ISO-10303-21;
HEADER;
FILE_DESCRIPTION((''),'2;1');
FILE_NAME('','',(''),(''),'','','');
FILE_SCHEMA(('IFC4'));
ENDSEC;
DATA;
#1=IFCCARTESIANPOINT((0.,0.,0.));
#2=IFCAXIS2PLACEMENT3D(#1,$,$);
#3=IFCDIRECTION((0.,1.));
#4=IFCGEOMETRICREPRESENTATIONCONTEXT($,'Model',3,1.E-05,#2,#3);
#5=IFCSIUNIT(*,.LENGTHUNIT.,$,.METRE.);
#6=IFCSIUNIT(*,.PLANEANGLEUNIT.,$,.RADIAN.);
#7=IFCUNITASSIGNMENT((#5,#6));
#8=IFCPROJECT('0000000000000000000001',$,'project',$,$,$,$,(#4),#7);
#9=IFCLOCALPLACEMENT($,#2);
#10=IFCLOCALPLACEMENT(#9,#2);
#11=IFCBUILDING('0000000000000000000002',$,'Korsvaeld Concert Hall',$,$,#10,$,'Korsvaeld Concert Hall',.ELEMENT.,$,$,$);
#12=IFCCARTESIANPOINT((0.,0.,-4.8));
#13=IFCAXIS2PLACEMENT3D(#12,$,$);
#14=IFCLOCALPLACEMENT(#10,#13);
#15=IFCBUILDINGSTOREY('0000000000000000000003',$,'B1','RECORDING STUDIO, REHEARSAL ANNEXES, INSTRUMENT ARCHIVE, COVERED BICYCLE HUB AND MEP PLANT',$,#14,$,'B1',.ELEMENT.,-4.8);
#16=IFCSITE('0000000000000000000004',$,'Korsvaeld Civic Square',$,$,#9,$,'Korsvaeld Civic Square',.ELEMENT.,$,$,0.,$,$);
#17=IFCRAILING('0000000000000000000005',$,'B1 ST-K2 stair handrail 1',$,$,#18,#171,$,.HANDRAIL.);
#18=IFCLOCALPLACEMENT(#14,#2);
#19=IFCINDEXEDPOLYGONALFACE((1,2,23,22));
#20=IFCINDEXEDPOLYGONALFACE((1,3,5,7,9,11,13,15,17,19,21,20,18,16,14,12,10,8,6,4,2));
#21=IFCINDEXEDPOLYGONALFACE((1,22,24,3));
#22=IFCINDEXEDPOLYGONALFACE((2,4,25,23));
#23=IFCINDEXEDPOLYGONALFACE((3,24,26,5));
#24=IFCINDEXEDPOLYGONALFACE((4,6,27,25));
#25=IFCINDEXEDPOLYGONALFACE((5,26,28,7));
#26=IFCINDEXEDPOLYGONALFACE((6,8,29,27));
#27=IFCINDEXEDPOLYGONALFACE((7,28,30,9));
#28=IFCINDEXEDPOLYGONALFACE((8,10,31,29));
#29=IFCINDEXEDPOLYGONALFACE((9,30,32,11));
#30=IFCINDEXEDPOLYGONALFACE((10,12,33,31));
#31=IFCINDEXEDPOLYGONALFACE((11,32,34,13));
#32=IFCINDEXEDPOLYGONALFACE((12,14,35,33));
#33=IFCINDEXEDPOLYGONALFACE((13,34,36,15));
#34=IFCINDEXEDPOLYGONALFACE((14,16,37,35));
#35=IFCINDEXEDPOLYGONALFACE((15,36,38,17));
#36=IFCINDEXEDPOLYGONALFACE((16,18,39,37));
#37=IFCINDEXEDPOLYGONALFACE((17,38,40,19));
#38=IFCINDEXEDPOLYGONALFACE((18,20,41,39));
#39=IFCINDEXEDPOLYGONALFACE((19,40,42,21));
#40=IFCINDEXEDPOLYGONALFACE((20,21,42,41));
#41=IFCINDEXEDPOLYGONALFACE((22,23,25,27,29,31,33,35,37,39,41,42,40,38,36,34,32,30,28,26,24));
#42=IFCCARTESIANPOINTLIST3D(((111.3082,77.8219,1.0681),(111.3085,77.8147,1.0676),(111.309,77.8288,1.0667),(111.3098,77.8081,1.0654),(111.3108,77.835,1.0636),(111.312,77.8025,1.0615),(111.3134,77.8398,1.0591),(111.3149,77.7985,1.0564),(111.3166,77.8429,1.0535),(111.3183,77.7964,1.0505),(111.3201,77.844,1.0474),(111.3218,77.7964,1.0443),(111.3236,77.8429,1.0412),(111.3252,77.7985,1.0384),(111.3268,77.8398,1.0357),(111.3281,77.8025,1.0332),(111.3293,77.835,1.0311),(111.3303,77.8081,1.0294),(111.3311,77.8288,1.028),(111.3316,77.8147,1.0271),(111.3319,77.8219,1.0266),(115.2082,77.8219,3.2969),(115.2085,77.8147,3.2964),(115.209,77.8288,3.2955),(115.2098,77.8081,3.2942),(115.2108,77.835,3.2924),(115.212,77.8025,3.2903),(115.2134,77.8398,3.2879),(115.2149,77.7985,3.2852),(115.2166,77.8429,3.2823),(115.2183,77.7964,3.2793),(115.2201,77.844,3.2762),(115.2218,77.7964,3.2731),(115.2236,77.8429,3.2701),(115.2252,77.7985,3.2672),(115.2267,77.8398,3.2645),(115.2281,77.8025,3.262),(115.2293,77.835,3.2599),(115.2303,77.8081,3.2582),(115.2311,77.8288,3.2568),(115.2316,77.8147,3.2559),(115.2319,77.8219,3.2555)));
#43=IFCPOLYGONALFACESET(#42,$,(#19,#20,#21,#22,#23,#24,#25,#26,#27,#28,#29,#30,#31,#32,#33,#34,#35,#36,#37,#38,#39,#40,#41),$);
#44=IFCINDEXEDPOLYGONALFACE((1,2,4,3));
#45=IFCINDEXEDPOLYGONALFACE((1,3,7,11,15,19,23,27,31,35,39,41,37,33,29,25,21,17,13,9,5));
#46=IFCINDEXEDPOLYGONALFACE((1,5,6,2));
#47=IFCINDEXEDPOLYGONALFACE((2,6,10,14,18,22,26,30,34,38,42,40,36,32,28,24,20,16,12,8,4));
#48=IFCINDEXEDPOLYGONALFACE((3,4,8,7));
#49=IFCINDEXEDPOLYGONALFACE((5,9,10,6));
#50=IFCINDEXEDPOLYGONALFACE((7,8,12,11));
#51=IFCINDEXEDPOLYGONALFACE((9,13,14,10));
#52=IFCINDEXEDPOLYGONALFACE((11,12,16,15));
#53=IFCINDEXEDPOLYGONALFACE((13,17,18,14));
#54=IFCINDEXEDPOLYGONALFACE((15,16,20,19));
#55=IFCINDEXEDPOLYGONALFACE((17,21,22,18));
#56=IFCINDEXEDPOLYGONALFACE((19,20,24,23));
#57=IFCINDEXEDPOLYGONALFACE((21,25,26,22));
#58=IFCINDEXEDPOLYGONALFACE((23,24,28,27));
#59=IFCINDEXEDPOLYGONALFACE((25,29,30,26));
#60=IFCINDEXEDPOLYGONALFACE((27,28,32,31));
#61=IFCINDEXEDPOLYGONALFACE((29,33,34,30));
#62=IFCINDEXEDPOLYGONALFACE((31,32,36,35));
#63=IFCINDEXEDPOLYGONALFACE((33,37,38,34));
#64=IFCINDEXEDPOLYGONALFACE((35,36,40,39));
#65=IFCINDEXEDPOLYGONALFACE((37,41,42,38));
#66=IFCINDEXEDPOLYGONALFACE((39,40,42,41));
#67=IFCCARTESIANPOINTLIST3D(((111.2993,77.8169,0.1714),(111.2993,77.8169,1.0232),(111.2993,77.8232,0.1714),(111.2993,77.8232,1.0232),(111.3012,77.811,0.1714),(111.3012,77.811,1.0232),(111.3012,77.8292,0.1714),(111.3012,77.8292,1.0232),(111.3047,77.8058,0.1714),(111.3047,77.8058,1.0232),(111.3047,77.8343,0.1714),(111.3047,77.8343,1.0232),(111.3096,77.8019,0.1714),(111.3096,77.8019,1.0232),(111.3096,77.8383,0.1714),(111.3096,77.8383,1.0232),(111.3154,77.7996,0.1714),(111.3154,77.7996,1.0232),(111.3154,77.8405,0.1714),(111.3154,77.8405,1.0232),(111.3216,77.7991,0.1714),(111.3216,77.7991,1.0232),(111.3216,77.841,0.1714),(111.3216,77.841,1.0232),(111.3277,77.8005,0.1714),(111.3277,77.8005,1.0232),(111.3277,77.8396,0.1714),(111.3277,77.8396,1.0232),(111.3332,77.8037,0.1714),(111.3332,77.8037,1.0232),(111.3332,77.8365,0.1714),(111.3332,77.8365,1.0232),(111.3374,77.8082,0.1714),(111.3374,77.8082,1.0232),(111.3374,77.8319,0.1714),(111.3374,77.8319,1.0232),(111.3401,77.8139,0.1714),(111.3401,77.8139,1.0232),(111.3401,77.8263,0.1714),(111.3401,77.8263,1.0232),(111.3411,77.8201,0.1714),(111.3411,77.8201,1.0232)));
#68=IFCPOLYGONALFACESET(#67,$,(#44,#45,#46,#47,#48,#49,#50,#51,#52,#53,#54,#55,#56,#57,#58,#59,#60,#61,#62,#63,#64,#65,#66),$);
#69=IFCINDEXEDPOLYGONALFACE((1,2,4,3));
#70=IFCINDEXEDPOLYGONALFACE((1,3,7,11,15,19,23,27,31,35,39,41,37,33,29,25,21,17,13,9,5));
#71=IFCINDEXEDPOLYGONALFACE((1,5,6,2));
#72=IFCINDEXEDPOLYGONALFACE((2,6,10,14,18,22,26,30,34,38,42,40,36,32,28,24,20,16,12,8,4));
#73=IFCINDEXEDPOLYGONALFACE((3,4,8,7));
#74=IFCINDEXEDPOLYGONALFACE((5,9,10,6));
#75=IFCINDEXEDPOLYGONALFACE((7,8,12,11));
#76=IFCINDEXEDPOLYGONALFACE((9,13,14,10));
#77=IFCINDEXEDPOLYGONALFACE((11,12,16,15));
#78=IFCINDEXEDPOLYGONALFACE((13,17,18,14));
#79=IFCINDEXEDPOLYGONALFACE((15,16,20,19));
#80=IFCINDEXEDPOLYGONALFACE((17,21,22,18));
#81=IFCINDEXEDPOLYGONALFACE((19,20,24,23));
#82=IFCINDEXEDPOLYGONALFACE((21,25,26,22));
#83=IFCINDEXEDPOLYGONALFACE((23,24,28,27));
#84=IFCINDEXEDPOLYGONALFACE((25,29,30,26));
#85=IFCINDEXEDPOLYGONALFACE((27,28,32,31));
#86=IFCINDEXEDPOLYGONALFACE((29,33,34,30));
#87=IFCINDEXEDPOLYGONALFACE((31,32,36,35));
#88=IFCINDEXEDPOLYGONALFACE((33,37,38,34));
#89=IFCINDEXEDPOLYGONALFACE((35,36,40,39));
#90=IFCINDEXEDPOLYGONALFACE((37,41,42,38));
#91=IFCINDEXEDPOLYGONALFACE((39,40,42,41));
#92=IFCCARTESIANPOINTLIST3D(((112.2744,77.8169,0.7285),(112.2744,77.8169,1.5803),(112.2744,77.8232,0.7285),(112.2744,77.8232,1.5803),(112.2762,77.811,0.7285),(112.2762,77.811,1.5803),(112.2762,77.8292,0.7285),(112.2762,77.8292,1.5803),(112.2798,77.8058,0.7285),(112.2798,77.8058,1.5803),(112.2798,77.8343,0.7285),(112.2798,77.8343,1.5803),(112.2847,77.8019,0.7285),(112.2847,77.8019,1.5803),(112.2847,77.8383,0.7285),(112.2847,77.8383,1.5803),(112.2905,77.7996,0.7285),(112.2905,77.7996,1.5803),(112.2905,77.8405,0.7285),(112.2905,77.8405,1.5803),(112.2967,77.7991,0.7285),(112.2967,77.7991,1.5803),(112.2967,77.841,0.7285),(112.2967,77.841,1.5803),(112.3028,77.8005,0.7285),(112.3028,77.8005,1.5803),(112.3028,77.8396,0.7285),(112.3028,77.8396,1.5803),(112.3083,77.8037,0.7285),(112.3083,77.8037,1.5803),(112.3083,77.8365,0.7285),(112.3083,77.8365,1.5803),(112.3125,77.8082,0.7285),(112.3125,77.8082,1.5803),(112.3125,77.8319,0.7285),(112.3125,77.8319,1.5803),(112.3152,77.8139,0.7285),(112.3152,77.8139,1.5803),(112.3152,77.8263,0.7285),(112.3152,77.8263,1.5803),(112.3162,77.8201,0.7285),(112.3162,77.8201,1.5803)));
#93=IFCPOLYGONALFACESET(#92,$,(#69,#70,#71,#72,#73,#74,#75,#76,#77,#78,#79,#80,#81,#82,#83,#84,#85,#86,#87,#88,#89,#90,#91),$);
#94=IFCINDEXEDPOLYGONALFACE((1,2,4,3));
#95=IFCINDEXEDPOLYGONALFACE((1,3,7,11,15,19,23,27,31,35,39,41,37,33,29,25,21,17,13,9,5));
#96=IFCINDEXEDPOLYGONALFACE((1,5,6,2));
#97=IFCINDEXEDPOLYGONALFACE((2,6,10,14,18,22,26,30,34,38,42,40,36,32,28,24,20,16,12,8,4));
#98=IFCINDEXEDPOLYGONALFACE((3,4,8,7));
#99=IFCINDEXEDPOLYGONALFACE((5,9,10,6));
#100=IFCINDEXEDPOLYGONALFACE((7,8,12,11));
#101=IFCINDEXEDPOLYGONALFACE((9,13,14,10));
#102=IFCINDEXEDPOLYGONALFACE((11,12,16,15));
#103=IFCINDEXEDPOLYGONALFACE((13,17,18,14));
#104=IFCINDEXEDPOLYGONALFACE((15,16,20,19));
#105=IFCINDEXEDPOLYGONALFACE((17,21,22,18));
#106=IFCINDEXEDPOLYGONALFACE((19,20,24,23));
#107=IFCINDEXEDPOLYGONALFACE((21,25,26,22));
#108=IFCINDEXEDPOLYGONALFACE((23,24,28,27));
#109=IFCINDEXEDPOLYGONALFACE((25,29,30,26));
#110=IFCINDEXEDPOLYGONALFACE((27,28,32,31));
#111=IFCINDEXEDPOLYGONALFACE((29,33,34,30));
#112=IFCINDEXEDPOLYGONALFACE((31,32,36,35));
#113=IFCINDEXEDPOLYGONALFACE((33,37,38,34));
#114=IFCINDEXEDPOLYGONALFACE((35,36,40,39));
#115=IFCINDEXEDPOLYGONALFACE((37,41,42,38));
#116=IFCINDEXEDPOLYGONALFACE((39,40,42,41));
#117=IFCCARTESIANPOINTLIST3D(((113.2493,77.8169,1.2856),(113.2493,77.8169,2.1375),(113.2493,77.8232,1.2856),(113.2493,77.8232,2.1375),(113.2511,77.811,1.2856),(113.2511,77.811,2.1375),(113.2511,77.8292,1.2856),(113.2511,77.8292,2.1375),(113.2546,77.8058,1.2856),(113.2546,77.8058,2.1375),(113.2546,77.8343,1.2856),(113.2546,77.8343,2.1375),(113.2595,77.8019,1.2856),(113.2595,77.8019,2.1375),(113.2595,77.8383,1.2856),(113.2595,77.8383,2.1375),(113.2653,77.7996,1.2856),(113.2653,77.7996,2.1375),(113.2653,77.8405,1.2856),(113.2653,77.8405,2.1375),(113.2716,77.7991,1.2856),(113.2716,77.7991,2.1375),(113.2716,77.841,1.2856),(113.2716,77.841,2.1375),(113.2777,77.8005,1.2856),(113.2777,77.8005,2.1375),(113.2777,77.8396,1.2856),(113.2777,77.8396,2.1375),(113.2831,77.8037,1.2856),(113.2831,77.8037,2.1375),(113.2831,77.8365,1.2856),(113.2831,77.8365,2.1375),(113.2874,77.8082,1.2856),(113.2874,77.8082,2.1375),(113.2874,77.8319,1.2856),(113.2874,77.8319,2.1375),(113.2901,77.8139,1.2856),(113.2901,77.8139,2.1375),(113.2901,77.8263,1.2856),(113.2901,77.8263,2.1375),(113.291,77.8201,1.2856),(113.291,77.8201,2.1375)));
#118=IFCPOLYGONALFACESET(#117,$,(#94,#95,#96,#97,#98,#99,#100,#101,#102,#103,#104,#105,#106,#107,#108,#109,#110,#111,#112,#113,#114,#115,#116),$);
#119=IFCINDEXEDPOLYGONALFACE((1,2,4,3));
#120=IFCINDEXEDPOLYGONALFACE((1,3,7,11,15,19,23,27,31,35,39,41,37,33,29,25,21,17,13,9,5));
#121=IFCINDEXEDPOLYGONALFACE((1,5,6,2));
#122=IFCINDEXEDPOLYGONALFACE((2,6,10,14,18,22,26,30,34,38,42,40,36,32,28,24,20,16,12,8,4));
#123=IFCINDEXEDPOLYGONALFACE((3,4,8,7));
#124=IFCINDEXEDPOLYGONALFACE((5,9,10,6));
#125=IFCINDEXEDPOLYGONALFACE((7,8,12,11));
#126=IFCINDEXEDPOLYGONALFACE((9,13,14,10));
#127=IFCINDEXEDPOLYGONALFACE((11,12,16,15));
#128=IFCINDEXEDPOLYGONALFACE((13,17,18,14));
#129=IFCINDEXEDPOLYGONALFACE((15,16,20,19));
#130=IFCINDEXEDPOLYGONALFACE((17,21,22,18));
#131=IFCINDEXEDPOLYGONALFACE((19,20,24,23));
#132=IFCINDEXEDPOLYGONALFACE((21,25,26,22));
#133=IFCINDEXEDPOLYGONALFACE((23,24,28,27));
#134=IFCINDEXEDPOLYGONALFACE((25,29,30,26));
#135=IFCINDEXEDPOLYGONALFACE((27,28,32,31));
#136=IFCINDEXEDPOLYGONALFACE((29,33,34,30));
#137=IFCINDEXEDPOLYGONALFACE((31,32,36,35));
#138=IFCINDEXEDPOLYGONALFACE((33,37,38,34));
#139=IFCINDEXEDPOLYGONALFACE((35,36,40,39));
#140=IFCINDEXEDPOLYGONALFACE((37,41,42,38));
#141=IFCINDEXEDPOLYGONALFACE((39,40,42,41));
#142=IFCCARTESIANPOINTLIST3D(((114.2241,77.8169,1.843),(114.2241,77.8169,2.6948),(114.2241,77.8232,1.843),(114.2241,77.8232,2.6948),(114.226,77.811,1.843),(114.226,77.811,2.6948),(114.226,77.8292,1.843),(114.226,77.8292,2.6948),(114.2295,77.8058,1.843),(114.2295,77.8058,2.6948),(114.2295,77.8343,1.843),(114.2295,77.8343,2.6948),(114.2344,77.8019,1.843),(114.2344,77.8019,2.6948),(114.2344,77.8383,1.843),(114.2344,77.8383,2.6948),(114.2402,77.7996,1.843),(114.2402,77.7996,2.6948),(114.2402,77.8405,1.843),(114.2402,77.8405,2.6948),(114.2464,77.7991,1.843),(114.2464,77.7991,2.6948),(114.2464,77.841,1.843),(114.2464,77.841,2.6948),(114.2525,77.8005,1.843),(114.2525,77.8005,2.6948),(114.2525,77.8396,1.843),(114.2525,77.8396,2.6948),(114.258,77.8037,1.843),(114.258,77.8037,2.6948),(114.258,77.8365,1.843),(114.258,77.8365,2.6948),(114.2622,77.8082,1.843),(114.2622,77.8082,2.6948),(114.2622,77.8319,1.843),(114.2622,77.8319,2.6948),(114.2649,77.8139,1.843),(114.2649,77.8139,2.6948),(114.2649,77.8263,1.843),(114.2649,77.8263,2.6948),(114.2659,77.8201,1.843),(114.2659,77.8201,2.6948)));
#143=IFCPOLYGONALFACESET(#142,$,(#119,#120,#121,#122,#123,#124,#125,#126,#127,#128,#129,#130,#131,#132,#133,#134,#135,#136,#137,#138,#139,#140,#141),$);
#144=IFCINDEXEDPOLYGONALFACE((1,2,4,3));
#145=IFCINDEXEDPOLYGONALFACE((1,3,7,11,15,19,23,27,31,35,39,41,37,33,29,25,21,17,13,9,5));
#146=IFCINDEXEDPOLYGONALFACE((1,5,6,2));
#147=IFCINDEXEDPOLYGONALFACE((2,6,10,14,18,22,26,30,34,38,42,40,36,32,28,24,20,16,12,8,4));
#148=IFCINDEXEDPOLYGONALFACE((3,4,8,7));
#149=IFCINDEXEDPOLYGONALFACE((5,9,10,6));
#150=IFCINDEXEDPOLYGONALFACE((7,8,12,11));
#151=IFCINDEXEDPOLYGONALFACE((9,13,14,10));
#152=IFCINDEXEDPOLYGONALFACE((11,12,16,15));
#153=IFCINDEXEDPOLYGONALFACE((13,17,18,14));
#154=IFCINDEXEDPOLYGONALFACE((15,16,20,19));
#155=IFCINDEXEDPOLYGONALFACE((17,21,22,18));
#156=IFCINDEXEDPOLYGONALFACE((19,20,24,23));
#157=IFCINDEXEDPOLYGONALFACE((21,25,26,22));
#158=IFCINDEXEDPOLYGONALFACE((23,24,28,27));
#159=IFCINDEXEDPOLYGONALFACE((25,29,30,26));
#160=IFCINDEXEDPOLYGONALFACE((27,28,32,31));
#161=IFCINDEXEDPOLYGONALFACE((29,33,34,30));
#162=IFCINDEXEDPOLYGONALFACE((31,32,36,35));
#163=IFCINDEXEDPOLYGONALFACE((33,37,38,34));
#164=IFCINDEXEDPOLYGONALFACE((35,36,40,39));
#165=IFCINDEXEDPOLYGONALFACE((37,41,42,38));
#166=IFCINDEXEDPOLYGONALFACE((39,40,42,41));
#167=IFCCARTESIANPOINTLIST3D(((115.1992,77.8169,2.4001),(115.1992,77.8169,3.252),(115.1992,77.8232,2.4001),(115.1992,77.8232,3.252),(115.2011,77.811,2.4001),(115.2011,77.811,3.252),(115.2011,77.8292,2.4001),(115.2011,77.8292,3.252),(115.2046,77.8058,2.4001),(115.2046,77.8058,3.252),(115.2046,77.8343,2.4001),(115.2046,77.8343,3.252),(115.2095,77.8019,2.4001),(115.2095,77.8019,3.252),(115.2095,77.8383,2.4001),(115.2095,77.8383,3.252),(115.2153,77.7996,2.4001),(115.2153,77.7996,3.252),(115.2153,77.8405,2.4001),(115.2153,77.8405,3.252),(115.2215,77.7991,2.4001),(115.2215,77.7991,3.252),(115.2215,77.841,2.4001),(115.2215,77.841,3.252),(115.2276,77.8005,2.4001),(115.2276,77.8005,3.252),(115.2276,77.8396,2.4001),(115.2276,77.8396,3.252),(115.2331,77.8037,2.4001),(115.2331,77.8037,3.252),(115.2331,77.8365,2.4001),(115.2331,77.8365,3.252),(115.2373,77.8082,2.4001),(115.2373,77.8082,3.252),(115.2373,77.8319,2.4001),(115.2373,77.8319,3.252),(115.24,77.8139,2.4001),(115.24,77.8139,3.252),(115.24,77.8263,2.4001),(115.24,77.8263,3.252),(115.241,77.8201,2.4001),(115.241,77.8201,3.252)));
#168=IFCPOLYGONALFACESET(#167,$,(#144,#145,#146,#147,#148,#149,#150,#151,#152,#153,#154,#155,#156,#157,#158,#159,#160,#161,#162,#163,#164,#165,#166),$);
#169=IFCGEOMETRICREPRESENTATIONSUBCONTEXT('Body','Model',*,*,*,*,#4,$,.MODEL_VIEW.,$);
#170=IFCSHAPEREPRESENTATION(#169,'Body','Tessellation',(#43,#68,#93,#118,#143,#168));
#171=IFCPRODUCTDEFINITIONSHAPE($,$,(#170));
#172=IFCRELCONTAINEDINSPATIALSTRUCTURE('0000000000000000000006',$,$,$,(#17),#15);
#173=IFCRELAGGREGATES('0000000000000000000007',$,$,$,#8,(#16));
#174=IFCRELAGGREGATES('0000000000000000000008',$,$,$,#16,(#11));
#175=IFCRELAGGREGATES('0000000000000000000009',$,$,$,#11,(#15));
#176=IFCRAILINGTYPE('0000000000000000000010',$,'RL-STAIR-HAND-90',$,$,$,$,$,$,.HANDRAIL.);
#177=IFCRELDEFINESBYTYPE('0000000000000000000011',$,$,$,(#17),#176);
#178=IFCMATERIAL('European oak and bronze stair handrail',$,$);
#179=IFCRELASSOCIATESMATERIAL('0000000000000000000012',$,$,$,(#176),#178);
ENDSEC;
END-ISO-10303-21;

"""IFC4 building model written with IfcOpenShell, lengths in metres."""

from ifc_helpers import new_model, si_unit, direction, frame, origin, origin_2d, place, context, subcontext, project, spatial, circle, extrude, material, type_object, element, save


model = new_model("IFC4")

# Units and contexts
model_context = context("Model", 3, precision=1e-05, world=origin(), true_north=direction((0.0, 1.0)))
body_context = subcontext(model_context, "Body", "Model", "MODEL_VIEW")
ifc_project = project(units=[si_unit("LENGTHUNIT", "METRE"), si_unit("PLANEANGLEUNIT", "RADIAN")], contexts=[model_context])

# Site, building, storey
site_placement = place(None, origin())
site = spatial("IfcSite", under=ifc_project, at=site_placement, Name="Korsvaeld Civic Square", LongName="Korsvaeld Civic Square", CompositionType="ELEMENT", RefElevation=0.0)
building_placement = place(site_placement, origin())
building = spatial("IfcBuilding", under=site, at=building_placement, Name="Korsvaeld Concert Hall", LongName="Korsvaeld Concert Hall", CompositionType="ELEMENT")
storey_placement = place(building_placement, frame((0.0, 0.0, -4.8)))
storey = spatial("IfcBuildingStorey", under=building, at=storey_placement, Name="B1", Description="RECORDING STUDIO, REHEARSAL ANNEXES, INSTRUMENT ARCHIVE, COVERED BICYCLE HUB AND MEP PLANT", LongName="B1", CompositionType="ELEMENT", Elevation=-4.8)

# Railing
ifc_material_1 = material(Name="European oak and bronze stair handrail")
railing_type_1 = type_object("IfcRailingType", Name="RL-STAIR-HAND-90", PredefinedType="HANDRAIL", material=ifc_material_1)
railing_1_placement = place(storey_placement, frame((111.3201, 77.8201, 0.1714)))
element("IfcRailing", 1, at=railing_1_placement, inside=storey, type_object=railing_type_1, Name="B1 ST-K2 stair handrail 1", PredefinedType="HANDRAIL", context=body_context, shape_type="SweptSolid", body=[
    extrude(circle(Radius=0.0239, at=origin_2d()), frame((0.0, 0.0, 0.876), z_axis=(0.86822, 0.0, 0.49618), x_axis=(0.0, 1.0, 0.0)), (0.0, 0.0, 1.0), 4.4919),
    extrude(circle(Radius=0.021, at=origin_2d()), origin(), (0.0, 0.0, 1.0), 0.8518),
    extrude(circle(Radius=0.021, at=origin_2d()), frame((0.9751, 0.0, 0.5571)), (0.0, 0.0, 1.0), 0.8518),
    extrude(circle(Radius=0.021, at=origin_2d()), frame((1.95, 0.0, 1.1143)), (0.0, 0.0, 1.0), 0.8518),
    extrude(circle(Radius=0.021, at=origin_2d()), frame((2.9248, 0.0, 1.6716)), (0.0, 0.0, 1.0), 0.8518),
    extrude(circle(Radius=0.021, at=origin_2d()), frame((3.8999, 0.0, 2.2288)), (0.0, 0.0, 1.0), 0.8518),
])

save(model, "model.ifc")
